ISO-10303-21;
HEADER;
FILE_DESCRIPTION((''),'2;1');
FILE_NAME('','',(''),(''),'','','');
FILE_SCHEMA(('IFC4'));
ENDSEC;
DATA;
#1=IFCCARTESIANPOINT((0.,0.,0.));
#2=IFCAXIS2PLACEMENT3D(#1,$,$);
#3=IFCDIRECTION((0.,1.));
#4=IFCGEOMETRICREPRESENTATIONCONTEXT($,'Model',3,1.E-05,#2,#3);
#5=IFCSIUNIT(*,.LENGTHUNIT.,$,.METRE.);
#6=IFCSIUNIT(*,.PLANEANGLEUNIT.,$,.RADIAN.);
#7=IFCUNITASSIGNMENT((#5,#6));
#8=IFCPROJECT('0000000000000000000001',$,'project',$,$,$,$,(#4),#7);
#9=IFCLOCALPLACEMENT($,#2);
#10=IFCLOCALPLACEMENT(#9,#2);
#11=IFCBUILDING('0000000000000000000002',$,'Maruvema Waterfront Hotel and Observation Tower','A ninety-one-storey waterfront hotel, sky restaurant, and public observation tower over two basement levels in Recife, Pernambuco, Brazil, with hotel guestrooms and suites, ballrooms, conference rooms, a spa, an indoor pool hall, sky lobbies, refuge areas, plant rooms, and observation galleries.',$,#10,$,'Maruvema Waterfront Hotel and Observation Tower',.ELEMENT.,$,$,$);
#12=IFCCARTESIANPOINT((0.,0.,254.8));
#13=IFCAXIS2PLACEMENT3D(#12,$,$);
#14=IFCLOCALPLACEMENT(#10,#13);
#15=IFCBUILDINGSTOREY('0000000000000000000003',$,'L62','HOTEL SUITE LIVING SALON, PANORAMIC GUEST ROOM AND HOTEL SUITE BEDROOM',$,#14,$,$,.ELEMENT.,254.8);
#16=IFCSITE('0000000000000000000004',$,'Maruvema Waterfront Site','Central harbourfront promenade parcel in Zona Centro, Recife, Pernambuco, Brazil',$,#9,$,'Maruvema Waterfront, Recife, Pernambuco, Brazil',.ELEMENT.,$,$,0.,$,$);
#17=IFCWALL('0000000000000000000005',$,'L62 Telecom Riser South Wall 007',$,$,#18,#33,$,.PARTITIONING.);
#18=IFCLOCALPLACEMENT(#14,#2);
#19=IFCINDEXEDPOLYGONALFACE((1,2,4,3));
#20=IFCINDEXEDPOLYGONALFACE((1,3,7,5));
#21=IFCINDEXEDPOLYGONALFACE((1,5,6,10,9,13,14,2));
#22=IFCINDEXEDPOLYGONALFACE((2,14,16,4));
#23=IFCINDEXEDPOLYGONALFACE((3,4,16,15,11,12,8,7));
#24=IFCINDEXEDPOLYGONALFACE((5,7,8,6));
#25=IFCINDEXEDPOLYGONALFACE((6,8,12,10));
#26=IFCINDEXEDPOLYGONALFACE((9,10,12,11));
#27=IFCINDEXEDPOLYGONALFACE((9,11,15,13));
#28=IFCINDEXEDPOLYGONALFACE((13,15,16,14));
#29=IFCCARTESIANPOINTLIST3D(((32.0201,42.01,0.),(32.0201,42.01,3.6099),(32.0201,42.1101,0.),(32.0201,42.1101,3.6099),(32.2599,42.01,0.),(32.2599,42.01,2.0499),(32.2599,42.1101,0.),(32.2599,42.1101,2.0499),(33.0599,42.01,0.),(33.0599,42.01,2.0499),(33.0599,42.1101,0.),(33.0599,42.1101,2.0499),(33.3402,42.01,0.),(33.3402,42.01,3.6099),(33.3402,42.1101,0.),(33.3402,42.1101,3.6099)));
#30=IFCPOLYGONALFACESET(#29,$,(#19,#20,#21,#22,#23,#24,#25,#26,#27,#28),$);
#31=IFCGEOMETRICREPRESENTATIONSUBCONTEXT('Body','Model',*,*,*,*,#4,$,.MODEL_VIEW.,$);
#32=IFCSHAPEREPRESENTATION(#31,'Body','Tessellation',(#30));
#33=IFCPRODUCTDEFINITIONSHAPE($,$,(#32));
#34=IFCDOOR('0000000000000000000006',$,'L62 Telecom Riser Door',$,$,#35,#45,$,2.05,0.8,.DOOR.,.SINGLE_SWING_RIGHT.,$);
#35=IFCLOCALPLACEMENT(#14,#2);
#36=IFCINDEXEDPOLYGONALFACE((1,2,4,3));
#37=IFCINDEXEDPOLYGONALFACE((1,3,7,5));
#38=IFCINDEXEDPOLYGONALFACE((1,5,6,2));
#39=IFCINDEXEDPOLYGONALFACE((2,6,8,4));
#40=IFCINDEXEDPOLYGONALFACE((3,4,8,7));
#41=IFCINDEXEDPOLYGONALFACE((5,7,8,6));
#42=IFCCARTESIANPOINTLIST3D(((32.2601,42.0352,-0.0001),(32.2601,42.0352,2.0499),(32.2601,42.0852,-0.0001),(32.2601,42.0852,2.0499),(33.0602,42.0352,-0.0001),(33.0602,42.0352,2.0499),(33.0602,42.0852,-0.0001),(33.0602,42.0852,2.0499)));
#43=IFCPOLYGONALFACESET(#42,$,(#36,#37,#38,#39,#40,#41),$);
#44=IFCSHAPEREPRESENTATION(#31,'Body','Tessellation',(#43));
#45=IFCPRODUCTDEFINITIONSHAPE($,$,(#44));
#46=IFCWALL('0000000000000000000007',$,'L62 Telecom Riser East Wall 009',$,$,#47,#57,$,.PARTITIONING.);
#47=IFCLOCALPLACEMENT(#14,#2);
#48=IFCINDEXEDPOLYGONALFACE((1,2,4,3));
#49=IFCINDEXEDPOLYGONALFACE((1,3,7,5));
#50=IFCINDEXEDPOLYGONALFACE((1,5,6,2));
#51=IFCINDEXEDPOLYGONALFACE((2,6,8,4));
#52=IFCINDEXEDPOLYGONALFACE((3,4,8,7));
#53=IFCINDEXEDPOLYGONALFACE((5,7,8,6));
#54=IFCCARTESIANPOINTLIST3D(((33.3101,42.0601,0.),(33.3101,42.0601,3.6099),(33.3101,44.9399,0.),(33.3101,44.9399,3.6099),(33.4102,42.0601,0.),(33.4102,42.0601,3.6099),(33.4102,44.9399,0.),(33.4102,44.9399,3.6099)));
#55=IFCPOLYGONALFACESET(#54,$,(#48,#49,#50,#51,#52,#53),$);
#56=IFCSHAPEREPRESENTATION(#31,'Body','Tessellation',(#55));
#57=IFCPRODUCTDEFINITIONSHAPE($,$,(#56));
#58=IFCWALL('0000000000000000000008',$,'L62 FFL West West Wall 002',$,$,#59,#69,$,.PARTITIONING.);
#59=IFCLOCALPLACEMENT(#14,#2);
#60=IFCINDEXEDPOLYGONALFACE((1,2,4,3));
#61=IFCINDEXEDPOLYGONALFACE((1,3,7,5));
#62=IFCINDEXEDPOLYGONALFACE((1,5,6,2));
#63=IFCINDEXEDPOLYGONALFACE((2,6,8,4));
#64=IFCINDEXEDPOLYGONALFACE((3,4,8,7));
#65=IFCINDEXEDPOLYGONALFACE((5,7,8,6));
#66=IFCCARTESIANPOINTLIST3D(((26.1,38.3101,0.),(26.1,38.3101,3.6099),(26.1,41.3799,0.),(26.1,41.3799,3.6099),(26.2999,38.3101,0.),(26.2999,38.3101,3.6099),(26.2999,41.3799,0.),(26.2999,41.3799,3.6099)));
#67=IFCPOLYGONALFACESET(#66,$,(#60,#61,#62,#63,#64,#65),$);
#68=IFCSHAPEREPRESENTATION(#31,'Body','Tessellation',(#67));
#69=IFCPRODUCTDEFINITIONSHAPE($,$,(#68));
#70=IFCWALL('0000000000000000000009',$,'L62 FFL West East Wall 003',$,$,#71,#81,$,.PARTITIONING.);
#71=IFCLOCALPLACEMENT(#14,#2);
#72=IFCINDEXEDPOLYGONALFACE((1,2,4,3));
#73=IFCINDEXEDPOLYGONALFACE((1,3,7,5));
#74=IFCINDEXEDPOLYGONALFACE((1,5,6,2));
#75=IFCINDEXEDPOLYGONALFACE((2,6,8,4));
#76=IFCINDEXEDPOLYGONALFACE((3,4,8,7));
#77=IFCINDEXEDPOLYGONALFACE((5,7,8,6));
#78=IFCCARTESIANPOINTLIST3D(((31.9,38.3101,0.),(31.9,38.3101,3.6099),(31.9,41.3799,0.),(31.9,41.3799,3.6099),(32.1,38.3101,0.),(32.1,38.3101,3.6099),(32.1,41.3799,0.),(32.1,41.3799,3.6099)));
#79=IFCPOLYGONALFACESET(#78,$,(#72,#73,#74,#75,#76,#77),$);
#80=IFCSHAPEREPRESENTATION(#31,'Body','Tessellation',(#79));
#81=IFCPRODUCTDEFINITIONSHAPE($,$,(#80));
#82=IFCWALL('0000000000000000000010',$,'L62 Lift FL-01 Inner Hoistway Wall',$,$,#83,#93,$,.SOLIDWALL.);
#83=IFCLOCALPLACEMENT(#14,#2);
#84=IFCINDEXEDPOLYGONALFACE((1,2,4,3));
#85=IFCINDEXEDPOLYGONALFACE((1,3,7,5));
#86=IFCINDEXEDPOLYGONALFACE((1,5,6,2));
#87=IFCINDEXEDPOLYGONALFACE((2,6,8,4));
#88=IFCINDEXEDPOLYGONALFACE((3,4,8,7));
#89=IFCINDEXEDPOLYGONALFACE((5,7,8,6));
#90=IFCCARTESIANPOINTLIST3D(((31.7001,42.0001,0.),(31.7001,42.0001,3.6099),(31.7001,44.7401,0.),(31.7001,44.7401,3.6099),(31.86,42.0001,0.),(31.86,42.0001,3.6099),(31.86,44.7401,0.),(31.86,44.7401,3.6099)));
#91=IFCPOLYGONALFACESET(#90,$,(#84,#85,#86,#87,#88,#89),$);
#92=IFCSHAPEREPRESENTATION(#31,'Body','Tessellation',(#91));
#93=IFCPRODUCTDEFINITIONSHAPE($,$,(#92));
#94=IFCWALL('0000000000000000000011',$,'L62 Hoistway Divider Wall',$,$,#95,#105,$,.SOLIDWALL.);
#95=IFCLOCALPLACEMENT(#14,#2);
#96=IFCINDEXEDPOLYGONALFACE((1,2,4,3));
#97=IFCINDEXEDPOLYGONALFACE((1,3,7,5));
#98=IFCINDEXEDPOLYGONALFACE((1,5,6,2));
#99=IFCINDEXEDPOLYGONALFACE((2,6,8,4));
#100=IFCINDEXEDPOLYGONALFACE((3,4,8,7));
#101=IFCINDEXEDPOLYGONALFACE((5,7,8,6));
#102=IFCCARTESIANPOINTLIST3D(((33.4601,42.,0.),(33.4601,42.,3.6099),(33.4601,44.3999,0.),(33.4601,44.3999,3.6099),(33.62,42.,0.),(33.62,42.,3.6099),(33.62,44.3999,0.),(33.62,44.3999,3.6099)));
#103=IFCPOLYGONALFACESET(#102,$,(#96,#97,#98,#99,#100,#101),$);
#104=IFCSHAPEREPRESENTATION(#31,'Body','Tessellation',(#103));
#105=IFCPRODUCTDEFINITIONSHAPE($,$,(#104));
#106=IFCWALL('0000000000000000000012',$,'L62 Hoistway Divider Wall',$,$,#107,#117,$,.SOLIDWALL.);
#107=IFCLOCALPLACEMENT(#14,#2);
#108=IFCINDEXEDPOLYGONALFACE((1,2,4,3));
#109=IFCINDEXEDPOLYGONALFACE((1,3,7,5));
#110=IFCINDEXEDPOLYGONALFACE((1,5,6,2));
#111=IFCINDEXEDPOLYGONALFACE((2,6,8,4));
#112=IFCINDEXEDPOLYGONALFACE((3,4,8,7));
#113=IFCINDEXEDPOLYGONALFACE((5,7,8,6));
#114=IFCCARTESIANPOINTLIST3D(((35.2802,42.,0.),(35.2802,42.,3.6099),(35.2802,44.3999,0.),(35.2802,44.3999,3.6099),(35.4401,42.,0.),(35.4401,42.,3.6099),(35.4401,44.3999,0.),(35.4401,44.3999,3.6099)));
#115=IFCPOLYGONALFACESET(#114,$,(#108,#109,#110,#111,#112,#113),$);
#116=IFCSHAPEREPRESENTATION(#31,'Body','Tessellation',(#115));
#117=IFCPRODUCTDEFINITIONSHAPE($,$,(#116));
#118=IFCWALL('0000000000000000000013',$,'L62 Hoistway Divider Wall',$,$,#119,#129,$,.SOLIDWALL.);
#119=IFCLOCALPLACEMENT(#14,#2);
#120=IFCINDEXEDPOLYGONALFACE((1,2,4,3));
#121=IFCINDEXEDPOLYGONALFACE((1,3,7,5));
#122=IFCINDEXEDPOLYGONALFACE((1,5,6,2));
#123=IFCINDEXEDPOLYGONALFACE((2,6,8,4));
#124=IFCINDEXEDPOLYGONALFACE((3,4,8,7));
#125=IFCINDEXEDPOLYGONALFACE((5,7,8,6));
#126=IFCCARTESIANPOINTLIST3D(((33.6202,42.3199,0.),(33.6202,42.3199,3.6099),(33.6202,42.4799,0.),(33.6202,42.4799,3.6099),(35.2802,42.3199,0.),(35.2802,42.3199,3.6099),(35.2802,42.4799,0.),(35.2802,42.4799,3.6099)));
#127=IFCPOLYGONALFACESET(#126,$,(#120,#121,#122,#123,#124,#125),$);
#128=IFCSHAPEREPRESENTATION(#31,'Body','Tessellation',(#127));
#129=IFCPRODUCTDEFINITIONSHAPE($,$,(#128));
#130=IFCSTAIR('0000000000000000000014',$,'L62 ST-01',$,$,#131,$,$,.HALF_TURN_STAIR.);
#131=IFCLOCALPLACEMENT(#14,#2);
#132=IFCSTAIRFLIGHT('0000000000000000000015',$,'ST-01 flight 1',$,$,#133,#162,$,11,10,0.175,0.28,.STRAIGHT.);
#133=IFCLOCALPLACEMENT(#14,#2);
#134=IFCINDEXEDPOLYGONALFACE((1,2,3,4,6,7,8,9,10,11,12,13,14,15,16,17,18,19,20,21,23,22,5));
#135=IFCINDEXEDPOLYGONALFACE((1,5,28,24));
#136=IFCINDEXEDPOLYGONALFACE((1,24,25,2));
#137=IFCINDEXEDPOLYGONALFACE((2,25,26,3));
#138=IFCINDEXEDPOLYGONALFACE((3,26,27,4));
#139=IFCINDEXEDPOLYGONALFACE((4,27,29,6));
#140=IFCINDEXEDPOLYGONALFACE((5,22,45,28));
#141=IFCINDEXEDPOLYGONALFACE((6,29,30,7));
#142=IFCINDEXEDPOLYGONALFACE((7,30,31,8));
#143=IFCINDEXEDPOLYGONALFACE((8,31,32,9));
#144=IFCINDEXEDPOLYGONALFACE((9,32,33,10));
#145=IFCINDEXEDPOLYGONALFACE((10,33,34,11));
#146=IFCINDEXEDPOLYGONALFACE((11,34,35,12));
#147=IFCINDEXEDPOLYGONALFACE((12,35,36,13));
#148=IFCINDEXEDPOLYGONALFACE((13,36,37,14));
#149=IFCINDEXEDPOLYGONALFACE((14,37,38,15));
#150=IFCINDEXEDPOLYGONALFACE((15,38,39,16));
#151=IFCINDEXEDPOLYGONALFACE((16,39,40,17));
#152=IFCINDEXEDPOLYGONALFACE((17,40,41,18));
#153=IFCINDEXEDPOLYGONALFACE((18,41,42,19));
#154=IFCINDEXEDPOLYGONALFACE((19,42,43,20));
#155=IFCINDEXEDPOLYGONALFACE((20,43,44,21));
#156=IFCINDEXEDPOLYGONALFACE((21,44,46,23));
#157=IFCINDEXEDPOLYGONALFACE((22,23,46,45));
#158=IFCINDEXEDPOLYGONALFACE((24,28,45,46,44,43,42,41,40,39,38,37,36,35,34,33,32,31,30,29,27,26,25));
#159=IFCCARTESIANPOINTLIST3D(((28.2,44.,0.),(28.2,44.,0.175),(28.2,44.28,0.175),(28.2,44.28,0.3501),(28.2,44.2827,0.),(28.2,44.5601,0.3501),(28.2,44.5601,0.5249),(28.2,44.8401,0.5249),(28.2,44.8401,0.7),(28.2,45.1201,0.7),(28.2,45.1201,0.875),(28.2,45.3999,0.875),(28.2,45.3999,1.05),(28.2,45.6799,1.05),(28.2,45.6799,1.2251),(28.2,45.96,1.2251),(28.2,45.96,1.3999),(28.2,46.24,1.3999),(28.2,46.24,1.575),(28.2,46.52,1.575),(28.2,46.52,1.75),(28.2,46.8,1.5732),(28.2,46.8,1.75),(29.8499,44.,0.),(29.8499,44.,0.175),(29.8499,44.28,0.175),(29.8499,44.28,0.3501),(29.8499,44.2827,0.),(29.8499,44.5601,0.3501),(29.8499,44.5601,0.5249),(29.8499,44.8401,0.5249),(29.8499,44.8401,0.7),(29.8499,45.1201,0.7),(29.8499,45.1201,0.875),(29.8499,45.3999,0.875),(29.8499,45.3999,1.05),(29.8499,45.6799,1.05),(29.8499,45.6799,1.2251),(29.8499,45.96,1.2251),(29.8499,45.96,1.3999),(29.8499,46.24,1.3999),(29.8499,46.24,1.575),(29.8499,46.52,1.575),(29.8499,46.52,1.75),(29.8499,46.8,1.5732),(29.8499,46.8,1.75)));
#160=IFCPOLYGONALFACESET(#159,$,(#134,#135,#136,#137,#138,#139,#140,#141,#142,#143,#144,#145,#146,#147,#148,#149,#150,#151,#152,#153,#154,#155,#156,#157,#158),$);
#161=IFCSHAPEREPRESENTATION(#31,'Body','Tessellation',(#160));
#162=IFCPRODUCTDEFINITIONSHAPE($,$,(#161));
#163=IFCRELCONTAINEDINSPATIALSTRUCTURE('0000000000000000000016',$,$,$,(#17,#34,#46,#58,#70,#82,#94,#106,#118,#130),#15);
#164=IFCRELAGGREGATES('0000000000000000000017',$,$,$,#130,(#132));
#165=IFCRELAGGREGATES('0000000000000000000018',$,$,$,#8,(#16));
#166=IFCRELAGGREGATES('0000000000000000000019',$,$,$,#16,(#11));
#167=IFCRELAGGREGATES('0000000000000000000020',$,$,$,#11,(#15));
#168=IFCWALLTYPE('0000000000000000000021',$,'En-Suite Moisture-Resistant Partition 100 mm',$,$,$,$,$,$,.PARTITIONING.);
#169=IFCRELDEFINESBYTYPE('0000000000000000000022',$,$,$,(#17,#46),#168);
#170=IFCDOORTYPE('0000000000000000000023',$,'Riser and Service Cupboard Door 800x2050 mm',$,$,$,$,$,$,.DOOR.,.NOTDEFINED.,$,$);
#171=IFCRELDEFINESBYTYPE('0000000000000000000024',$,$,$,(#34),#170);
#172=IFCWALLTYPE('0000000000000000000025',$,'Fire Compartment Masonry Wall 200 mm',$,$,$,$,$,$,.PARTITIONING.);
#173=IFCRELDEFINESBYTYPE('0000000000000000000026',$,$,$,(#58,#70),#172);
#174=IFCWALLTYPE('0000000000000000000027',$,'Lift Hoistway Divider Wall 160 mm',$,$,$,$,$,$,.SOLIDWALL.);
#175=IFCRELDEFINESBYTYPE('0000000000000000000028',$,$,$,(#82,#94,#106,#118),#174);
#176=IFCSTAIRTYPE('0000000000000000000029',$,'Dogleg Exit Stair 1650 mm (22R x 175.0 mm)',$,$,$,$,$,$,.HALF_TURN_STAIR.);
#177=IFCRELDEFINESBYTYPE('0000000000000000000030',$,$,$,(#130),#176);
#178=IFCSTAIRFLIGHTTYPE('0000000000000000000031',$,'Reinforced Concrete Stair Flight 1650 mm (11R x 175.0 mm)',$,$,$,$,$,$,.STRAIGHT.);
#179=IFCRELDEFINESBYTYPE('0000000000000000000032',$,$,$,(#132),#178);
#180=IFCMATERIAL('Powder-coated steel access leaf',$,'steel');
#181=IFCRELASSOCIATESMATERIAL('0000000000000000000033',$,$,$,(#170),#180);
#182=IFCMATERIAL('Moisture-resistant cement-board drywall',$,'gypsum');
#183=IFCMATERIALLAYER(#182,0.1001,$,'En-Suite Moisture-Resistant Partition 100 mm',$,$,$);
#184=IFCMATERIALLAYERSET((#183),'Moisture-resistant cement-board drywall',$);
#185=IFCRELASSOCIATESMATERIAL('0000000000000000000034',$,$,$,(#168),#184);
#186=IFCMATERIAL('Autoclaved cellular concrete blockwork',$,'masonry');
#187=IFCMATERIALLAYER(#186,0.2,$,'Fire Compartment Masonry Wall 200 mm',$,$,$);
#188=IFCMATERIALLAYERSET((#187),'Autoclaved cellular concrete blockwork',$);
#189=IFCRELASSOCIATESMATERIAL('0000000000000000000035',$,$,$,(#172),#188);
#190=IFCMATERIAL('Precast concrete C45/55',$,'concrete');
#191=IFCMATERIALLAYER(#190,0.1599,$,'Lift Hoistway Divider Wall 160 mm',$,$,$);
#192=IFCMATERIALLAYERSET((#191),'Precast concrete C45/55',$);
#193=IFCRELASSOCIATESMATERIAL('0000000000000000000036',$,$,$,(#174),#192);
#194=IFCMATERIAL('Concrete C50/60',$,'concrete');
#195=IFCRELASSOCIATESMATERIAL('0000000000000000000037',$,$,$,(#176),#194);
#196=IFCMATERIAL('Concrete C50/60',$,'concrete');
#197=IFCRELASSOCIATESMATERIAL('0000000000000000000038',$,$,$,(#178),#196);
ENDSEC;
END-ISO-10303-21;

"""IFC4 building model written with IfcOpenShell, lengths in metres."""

from ifc_helpers import new_model, si_unit, direction, frame, frame_2d, origin, place, context, subcontext, project, spatial, polyline, rectangle, outline, extrude, material, layer, layer_set, type_object, element, fill, aggregate, save


model = new_model("IFC4")

# Units and contexts
model_context = context("Model", 3, precision=1e-05, world=origin(), true_north=direction((0.0, 1.0)))
body_context = subcontext(model_context, "Body", "Model", "MODEL_VIEW")
ifc_project = project(units=[si_unit("LENGTHUNIT", "METRE"), si_unit("PLANEANGLEUNIT", "RADIAN")], contexts=[model_context])

# Site, building, storey
site_placement = place(None, origin())
site = spatial("IfcSite", under=ifc_project, at=site_placement, Name="Maruvema Waterfront Site", Description="Central harbourfront promenade parcel in Zona Centro, Recife, Pernambuco, Brazil", LongName="Maruvema Waterfront, Recife, Pernambuco, Brazil", CompositionType="ELEMENT", RefElevation=0.0)
building_placement = place(site_placement, origin())
building = spatial("IfcBuilding", under=site, at=building_placement, Name="Maruvema Waterfront Hotel and Observation Tower", Description="A ninety-one-storey waterfront hotel, sky restaurant, and public observation tower over two basement levels in Recife, Pernambuco, Brazil, with hotel guestrooms and suites, ballrooms, conference rooms, a spa, an indoor pool hall, sky lobbies, refuge areas, plant rooms, and observation galleries.", LongName="Maruvema Waterfront Hotel and Observation Tower", CompositionType="ELEMENT")
storey_placement = place(building_placement, frame((0.0, 0.0, 254.8)))
storey = spatial("IfcBuildingStorey", under=building, at=storey_placement, Name="L62", Description="HOTEL SUITE LIVING SALON, PANORAMIC GUEST ROOM AND HOTEL SUITE BEDROOM", CompositionType="ELEMENT", Elevation=254.8)

# Shared definitions
ifc_material_1 = material(Name="Powder-coated steel access leaf", Category="steel")
door_type_1 = type_object("IfcDoorType", Name="Riser and Service Cupboard Door 800x2050 mm", OperationType="NOTDEFINED", PredefinedType="DOOR", material=ifc_material_1)

# Wall, opening, door
ifc_material_2 = material(Name="Moisture-resistant cement-board drywall", Category="gypsum")
ifc_layer_1 = layer(ifc_material_2, 0.1001, Name="En-Suite Moisture-Resistant Partition 100 mm")
ifc_layer_set_1 = layer_set([ifc_layer_1], Name="Moisture-resistant cement-board drywall")
wall_type_1 = type_object("IfcWallType", Name="En-Suite Moisture-Resistant Partition 100 mm", PredefinedType="PARTITIONING", material=ifc_layer_set_1)
wall_1_placement = place(storey_placement, frame((32.02, 42.0601, 0.0), z_axis=(0.0, 0.0, 1.0), x_axis=(1.0, 0.0, 0.0)))
wall_1 = element("IfcWall", 1, at=wall_1_placement, inside=storey, type_object=wall_type_1, Name="L62 Telecom Riser South Wall 007", PredefinedType="PARTITIONING", context=body_context, shape_type="SweptSolid", body=[
    extrude(rectangle(XDim=1.3201, YDim=0.1001, at=frame_2d((0.6602, 0.0))), origin(), (0.0, 0.0, 1.0), 3.6099),
])
opening_1_placement = place(wall_1_placement, frame((0.24, 0.0, 0.0)))
opening_1 = element("IfcOpeningElement", 2, at=opening_1_placement, cuts=wall_1, PredefinedType="OPENING", context=body_context, shape_type="SweptSolid", body=[
    extrude(rectangle(XDim=0.8, YDim=2.05, at=frame_2d((0.3999, 1.0249))), frame((0.0, 0.0601, 0.0), z_axis=(0.0, -1.0, 0.0), x_axis=(1.0, 0.0, 0.0)), (0.0, 0.0, 1.0), 0.1201),
])
door_1_placement = place(opening_1_placement, frame((0.8, 0.0, 0.0), z_axis=(0.0, 0.0, 1.0), x_axis=(-1.0, 0.0, 0.0)))
door_1 = element("IfcDoor", 3, at=door_1_placement, inside=storey, type_object=door_type_1, Name="L62 Telecom Riser Door", OperationType="SINGLE_SWING_RIGHT", OverallHeight=2.05, OverallWidth=0.8, PredefinedType="DOOR", context=body_context, shape_type="SweptSolid", body=[
    extrude(rectangle(XDim=0.8, YDim=2.05, at=frame_2d((0.3999, 1.0249))), frame((0.0, 0.0249, 0.0), z_axis=(0.0, -1.0, 0.0), x_axis=(1.0, 0.0, 0.0)), (0.0, 0.0, 1.0), 0.05),
])
fill(opening_1, door_1)

# Wall
wall_2_placement = place(storey_placement, frame((33.3601, 42.0601, 0.0), z_axis=(0.0, 0.0, 1.0), x_axis=(0.0, 1.0, 0.0)))
element("IfcWall", 4, at=wall_2_placement, inside=storey, type_object=wall_type_1, Name="L62 Telecom Riser East Wall 009", PredefinedType="PARTITIONING", context=body_context, shape_type="SweptSolid", body=[
    extrude(rectangle(XDim=2.8799, YDim=0.1001, at=frame_2d((1.4399, 0.0))), origin(), (0.0, 0.0, 1.0), 3.6099),
])

# Shared definitions
ifc_material_3 = material(Name="Autoclaved cellular concrete blockwork", Category="masonry")
ifc_layer_2 = layer(ifc_material_3, 0.2, Name="Fire Compartment Masonry Wall 200 mm")
ifc_layer_set_2 = layer_set([ifc_layer_2], Name="Autoclaved cellular concrete blockwork")
wall_type_2 = type_object("IfcWallType", Name="Fire Compartment Masonry Wall 200 mm", PredefinedType="PARTITIONING", material=ifc_layer_set_2)

# Walls
for number, where, z_axis, x_axis, name in (
    (5, (26.2, 38.3101, 0.0), (0.0, 0.0, 1.0), (0.0, 1.0, 0.0), "L62 FFL West West Wall 002"),
    (6, (32.0, 38.3101, 0.0), (0.0, 0.0, 1.0), (0.0, 1.0, 0.0), "L62 FFL West East Wall 003"),
):
    element("IfcWall", number, at=place(storey_placement, frame(where, z_axis=z_axis, x_axis=x_axis)), inside=storey, type_object=wall_type_2, Name=name, PredefinedType="PARTITIONING", context=body_context, shape_type="SweptSolid", body=[
        extrude(rectangle(XDim=3.0698, YDim=0.2, at=frame_2d((1.5349, 0.0))), origin(), (0.0, 0.0, 1.0), 3.6099),
    ])
ifc_material_4 = material(Name="Precast concrete C45/55", Category="concrete")
ifc_layer_3 = layer(ifc_material_4, 0.1599, Name="Lift Hoistway Divider Wall 160 mm")
ifc_layer_set_3 = layer_set([ifc_layer_3], Name="Precast concrete C45/55")
wall_type_3 = type_object("IfcWallType", Name="Lift Hoistway Divider Wall 160 mm", PredefinedType="SOLIDWALL", material=ifc_layer_set_3)
wall_3_placement = place(storey_placement, frame((31.78, 42.0, 0.0), z_axis=(0.0, 0.0, 1.0), x_axis=(0.0, 1.0, 0.0)))
element("IfcWall", 7, at=wall_3_placement, inside=storey, type_object=wall_type_3, Name="L62 Lift FL-01 Inner Hoistway Wall", PredefinedType="SOLIDWALL", context=body_context, shape_type="SweptSolid", body=[
    extrude(rectangle(XDim=2.74, YDim=0.1599, at=frame_2d((1.3701, 0.0))), origin(), (0.0, 0.0, 1.0), 3.6099),
])
for number, where, z_axis, x_axis, name in (
    (8, (33.54, 42.0, 0.0), (0.0, 0.0, 1.0), (0.0, 1.0, 0.0), "L62 Hoistway Divider Wall"),
    (9, (35.3601, 42.0, 0.0), (0.0, 0.0, 1.0), (0.0, 1.0, 0.0), "L62 Hoistway Divider Wall"),
):
    element("IfcWall", number, at=place(storey_placement, frame(where, z_axis=z_axis, x_axis=x_axis)), inside=storey, type_object=wall_type_3, Name=name, PredefinedType="SOLIDWALL", context=body_context, shape_type="SweptSolid", body=[
        extrude(rectangle(XDim=2.3999, YDim=0.1599, at=frame_2d((1.2, 0.0))), origin(), (0.0, 0.0, 1.0), 3.6099),
    ])
wall_4_placement = place(storey_placement, frame((33.6201, 42.3999, 0.0), z_axis=(0.0, 0.0, 1.0), x_axis=(1.0, 0.0, 0.0)))
element("IfcWall", 10, at=wall_4_placement, inside=storey, type_object=wall_type_3, Name="L62 Hoistway Divider Wall", PredefinedType="SOLIDWALL", context=body_context, shape_type="SweptSolid", body=[
    extrude(rectangle(XDim=1.6599, YDim=0.1599, at=frame_2d((0.8301, 0.0))), origin(), (0.0, 0.0, 1.0), 3.6099),
])

# Stair, stair flight
ifc_material_5 = material(Name="Concrete C50/60", Category="concrete")
stair_type = type_object("IfcStairType", Name="Dogleg Exit Stair 1650 mm (22R x 175.0 mm)", PredefinedType="HALF_TURN_STAIR", material=ifc_material_5)
stair_placement = place(storey_placement, origin())
stair = element("IfcStair", 11, at=stair_placement, inside=storey, type_object=stair_type, Name="L62 ST-01", PredefinedType="HALF_TURN_STAIR")
ifc_material_6 = material(Name="Concrete C50/60", Category="concrete")
stair_flight_type = type_object("IfcStairFlightType", Name="Reinforced Concrete Stair Flight 1650 mm (11R x 175.0 mm)", PredefinedType="STRAIGHT", material=ifc_material_6)
stair_flight_placement = place(storey_placement, frame((29.0249, 44.0, 0.0), z_axis=(0.0, 0.0, 1.0), x_axis=(0.0, 1.0, 0.0)))
stair_flight = element("IfcStairFlight", 12, at=stair_flight_placement, type_object=stair_flight_type, Name="ST-01 flight 1", NumberOfRisers=11, NumberOfTreads=10, PredefinedType="STRAIGHT", RiserHeight=0.175, TreadLength=0.28, context=body_context, shape_type="SweptSolid", body=[
    extrude(outline(polyline([(0.0, 0.0), (0.0, 0.175), (0.28, 0.175), (0.28, 0.3501), (0.5601, 0.3501), (0.5601, 0.5249), (0.8401, 0.5249), (0.8401, 0.7), (1.1201, 0.7), (1.1201, 0.875), (1.3999, 0.875), (1.3999, 1.05), (1.6799, 1.05), (1.6799, 1.2251), (1.96, 1.2251), (1.96, 1.3999), (2.24, 1.3999), (2.24, 1.575), (2.52, 1.575), (2.52, 1.75), (2.8, 1.75), (2.8, 1.925), (2.8, 1.5732), (0.2827, 0.0), (0.0, 0.0)])), frame((0.0, 0.825, 0.0), z_axis=(0.0, -1.0, 0.0), x_axis=(1.0, 0.0, 0.0)), (0.0, 0.0, 1.0), 1.6499),
])
aggregate(stair, [stair_flight])

save(model, "model.ifc")
